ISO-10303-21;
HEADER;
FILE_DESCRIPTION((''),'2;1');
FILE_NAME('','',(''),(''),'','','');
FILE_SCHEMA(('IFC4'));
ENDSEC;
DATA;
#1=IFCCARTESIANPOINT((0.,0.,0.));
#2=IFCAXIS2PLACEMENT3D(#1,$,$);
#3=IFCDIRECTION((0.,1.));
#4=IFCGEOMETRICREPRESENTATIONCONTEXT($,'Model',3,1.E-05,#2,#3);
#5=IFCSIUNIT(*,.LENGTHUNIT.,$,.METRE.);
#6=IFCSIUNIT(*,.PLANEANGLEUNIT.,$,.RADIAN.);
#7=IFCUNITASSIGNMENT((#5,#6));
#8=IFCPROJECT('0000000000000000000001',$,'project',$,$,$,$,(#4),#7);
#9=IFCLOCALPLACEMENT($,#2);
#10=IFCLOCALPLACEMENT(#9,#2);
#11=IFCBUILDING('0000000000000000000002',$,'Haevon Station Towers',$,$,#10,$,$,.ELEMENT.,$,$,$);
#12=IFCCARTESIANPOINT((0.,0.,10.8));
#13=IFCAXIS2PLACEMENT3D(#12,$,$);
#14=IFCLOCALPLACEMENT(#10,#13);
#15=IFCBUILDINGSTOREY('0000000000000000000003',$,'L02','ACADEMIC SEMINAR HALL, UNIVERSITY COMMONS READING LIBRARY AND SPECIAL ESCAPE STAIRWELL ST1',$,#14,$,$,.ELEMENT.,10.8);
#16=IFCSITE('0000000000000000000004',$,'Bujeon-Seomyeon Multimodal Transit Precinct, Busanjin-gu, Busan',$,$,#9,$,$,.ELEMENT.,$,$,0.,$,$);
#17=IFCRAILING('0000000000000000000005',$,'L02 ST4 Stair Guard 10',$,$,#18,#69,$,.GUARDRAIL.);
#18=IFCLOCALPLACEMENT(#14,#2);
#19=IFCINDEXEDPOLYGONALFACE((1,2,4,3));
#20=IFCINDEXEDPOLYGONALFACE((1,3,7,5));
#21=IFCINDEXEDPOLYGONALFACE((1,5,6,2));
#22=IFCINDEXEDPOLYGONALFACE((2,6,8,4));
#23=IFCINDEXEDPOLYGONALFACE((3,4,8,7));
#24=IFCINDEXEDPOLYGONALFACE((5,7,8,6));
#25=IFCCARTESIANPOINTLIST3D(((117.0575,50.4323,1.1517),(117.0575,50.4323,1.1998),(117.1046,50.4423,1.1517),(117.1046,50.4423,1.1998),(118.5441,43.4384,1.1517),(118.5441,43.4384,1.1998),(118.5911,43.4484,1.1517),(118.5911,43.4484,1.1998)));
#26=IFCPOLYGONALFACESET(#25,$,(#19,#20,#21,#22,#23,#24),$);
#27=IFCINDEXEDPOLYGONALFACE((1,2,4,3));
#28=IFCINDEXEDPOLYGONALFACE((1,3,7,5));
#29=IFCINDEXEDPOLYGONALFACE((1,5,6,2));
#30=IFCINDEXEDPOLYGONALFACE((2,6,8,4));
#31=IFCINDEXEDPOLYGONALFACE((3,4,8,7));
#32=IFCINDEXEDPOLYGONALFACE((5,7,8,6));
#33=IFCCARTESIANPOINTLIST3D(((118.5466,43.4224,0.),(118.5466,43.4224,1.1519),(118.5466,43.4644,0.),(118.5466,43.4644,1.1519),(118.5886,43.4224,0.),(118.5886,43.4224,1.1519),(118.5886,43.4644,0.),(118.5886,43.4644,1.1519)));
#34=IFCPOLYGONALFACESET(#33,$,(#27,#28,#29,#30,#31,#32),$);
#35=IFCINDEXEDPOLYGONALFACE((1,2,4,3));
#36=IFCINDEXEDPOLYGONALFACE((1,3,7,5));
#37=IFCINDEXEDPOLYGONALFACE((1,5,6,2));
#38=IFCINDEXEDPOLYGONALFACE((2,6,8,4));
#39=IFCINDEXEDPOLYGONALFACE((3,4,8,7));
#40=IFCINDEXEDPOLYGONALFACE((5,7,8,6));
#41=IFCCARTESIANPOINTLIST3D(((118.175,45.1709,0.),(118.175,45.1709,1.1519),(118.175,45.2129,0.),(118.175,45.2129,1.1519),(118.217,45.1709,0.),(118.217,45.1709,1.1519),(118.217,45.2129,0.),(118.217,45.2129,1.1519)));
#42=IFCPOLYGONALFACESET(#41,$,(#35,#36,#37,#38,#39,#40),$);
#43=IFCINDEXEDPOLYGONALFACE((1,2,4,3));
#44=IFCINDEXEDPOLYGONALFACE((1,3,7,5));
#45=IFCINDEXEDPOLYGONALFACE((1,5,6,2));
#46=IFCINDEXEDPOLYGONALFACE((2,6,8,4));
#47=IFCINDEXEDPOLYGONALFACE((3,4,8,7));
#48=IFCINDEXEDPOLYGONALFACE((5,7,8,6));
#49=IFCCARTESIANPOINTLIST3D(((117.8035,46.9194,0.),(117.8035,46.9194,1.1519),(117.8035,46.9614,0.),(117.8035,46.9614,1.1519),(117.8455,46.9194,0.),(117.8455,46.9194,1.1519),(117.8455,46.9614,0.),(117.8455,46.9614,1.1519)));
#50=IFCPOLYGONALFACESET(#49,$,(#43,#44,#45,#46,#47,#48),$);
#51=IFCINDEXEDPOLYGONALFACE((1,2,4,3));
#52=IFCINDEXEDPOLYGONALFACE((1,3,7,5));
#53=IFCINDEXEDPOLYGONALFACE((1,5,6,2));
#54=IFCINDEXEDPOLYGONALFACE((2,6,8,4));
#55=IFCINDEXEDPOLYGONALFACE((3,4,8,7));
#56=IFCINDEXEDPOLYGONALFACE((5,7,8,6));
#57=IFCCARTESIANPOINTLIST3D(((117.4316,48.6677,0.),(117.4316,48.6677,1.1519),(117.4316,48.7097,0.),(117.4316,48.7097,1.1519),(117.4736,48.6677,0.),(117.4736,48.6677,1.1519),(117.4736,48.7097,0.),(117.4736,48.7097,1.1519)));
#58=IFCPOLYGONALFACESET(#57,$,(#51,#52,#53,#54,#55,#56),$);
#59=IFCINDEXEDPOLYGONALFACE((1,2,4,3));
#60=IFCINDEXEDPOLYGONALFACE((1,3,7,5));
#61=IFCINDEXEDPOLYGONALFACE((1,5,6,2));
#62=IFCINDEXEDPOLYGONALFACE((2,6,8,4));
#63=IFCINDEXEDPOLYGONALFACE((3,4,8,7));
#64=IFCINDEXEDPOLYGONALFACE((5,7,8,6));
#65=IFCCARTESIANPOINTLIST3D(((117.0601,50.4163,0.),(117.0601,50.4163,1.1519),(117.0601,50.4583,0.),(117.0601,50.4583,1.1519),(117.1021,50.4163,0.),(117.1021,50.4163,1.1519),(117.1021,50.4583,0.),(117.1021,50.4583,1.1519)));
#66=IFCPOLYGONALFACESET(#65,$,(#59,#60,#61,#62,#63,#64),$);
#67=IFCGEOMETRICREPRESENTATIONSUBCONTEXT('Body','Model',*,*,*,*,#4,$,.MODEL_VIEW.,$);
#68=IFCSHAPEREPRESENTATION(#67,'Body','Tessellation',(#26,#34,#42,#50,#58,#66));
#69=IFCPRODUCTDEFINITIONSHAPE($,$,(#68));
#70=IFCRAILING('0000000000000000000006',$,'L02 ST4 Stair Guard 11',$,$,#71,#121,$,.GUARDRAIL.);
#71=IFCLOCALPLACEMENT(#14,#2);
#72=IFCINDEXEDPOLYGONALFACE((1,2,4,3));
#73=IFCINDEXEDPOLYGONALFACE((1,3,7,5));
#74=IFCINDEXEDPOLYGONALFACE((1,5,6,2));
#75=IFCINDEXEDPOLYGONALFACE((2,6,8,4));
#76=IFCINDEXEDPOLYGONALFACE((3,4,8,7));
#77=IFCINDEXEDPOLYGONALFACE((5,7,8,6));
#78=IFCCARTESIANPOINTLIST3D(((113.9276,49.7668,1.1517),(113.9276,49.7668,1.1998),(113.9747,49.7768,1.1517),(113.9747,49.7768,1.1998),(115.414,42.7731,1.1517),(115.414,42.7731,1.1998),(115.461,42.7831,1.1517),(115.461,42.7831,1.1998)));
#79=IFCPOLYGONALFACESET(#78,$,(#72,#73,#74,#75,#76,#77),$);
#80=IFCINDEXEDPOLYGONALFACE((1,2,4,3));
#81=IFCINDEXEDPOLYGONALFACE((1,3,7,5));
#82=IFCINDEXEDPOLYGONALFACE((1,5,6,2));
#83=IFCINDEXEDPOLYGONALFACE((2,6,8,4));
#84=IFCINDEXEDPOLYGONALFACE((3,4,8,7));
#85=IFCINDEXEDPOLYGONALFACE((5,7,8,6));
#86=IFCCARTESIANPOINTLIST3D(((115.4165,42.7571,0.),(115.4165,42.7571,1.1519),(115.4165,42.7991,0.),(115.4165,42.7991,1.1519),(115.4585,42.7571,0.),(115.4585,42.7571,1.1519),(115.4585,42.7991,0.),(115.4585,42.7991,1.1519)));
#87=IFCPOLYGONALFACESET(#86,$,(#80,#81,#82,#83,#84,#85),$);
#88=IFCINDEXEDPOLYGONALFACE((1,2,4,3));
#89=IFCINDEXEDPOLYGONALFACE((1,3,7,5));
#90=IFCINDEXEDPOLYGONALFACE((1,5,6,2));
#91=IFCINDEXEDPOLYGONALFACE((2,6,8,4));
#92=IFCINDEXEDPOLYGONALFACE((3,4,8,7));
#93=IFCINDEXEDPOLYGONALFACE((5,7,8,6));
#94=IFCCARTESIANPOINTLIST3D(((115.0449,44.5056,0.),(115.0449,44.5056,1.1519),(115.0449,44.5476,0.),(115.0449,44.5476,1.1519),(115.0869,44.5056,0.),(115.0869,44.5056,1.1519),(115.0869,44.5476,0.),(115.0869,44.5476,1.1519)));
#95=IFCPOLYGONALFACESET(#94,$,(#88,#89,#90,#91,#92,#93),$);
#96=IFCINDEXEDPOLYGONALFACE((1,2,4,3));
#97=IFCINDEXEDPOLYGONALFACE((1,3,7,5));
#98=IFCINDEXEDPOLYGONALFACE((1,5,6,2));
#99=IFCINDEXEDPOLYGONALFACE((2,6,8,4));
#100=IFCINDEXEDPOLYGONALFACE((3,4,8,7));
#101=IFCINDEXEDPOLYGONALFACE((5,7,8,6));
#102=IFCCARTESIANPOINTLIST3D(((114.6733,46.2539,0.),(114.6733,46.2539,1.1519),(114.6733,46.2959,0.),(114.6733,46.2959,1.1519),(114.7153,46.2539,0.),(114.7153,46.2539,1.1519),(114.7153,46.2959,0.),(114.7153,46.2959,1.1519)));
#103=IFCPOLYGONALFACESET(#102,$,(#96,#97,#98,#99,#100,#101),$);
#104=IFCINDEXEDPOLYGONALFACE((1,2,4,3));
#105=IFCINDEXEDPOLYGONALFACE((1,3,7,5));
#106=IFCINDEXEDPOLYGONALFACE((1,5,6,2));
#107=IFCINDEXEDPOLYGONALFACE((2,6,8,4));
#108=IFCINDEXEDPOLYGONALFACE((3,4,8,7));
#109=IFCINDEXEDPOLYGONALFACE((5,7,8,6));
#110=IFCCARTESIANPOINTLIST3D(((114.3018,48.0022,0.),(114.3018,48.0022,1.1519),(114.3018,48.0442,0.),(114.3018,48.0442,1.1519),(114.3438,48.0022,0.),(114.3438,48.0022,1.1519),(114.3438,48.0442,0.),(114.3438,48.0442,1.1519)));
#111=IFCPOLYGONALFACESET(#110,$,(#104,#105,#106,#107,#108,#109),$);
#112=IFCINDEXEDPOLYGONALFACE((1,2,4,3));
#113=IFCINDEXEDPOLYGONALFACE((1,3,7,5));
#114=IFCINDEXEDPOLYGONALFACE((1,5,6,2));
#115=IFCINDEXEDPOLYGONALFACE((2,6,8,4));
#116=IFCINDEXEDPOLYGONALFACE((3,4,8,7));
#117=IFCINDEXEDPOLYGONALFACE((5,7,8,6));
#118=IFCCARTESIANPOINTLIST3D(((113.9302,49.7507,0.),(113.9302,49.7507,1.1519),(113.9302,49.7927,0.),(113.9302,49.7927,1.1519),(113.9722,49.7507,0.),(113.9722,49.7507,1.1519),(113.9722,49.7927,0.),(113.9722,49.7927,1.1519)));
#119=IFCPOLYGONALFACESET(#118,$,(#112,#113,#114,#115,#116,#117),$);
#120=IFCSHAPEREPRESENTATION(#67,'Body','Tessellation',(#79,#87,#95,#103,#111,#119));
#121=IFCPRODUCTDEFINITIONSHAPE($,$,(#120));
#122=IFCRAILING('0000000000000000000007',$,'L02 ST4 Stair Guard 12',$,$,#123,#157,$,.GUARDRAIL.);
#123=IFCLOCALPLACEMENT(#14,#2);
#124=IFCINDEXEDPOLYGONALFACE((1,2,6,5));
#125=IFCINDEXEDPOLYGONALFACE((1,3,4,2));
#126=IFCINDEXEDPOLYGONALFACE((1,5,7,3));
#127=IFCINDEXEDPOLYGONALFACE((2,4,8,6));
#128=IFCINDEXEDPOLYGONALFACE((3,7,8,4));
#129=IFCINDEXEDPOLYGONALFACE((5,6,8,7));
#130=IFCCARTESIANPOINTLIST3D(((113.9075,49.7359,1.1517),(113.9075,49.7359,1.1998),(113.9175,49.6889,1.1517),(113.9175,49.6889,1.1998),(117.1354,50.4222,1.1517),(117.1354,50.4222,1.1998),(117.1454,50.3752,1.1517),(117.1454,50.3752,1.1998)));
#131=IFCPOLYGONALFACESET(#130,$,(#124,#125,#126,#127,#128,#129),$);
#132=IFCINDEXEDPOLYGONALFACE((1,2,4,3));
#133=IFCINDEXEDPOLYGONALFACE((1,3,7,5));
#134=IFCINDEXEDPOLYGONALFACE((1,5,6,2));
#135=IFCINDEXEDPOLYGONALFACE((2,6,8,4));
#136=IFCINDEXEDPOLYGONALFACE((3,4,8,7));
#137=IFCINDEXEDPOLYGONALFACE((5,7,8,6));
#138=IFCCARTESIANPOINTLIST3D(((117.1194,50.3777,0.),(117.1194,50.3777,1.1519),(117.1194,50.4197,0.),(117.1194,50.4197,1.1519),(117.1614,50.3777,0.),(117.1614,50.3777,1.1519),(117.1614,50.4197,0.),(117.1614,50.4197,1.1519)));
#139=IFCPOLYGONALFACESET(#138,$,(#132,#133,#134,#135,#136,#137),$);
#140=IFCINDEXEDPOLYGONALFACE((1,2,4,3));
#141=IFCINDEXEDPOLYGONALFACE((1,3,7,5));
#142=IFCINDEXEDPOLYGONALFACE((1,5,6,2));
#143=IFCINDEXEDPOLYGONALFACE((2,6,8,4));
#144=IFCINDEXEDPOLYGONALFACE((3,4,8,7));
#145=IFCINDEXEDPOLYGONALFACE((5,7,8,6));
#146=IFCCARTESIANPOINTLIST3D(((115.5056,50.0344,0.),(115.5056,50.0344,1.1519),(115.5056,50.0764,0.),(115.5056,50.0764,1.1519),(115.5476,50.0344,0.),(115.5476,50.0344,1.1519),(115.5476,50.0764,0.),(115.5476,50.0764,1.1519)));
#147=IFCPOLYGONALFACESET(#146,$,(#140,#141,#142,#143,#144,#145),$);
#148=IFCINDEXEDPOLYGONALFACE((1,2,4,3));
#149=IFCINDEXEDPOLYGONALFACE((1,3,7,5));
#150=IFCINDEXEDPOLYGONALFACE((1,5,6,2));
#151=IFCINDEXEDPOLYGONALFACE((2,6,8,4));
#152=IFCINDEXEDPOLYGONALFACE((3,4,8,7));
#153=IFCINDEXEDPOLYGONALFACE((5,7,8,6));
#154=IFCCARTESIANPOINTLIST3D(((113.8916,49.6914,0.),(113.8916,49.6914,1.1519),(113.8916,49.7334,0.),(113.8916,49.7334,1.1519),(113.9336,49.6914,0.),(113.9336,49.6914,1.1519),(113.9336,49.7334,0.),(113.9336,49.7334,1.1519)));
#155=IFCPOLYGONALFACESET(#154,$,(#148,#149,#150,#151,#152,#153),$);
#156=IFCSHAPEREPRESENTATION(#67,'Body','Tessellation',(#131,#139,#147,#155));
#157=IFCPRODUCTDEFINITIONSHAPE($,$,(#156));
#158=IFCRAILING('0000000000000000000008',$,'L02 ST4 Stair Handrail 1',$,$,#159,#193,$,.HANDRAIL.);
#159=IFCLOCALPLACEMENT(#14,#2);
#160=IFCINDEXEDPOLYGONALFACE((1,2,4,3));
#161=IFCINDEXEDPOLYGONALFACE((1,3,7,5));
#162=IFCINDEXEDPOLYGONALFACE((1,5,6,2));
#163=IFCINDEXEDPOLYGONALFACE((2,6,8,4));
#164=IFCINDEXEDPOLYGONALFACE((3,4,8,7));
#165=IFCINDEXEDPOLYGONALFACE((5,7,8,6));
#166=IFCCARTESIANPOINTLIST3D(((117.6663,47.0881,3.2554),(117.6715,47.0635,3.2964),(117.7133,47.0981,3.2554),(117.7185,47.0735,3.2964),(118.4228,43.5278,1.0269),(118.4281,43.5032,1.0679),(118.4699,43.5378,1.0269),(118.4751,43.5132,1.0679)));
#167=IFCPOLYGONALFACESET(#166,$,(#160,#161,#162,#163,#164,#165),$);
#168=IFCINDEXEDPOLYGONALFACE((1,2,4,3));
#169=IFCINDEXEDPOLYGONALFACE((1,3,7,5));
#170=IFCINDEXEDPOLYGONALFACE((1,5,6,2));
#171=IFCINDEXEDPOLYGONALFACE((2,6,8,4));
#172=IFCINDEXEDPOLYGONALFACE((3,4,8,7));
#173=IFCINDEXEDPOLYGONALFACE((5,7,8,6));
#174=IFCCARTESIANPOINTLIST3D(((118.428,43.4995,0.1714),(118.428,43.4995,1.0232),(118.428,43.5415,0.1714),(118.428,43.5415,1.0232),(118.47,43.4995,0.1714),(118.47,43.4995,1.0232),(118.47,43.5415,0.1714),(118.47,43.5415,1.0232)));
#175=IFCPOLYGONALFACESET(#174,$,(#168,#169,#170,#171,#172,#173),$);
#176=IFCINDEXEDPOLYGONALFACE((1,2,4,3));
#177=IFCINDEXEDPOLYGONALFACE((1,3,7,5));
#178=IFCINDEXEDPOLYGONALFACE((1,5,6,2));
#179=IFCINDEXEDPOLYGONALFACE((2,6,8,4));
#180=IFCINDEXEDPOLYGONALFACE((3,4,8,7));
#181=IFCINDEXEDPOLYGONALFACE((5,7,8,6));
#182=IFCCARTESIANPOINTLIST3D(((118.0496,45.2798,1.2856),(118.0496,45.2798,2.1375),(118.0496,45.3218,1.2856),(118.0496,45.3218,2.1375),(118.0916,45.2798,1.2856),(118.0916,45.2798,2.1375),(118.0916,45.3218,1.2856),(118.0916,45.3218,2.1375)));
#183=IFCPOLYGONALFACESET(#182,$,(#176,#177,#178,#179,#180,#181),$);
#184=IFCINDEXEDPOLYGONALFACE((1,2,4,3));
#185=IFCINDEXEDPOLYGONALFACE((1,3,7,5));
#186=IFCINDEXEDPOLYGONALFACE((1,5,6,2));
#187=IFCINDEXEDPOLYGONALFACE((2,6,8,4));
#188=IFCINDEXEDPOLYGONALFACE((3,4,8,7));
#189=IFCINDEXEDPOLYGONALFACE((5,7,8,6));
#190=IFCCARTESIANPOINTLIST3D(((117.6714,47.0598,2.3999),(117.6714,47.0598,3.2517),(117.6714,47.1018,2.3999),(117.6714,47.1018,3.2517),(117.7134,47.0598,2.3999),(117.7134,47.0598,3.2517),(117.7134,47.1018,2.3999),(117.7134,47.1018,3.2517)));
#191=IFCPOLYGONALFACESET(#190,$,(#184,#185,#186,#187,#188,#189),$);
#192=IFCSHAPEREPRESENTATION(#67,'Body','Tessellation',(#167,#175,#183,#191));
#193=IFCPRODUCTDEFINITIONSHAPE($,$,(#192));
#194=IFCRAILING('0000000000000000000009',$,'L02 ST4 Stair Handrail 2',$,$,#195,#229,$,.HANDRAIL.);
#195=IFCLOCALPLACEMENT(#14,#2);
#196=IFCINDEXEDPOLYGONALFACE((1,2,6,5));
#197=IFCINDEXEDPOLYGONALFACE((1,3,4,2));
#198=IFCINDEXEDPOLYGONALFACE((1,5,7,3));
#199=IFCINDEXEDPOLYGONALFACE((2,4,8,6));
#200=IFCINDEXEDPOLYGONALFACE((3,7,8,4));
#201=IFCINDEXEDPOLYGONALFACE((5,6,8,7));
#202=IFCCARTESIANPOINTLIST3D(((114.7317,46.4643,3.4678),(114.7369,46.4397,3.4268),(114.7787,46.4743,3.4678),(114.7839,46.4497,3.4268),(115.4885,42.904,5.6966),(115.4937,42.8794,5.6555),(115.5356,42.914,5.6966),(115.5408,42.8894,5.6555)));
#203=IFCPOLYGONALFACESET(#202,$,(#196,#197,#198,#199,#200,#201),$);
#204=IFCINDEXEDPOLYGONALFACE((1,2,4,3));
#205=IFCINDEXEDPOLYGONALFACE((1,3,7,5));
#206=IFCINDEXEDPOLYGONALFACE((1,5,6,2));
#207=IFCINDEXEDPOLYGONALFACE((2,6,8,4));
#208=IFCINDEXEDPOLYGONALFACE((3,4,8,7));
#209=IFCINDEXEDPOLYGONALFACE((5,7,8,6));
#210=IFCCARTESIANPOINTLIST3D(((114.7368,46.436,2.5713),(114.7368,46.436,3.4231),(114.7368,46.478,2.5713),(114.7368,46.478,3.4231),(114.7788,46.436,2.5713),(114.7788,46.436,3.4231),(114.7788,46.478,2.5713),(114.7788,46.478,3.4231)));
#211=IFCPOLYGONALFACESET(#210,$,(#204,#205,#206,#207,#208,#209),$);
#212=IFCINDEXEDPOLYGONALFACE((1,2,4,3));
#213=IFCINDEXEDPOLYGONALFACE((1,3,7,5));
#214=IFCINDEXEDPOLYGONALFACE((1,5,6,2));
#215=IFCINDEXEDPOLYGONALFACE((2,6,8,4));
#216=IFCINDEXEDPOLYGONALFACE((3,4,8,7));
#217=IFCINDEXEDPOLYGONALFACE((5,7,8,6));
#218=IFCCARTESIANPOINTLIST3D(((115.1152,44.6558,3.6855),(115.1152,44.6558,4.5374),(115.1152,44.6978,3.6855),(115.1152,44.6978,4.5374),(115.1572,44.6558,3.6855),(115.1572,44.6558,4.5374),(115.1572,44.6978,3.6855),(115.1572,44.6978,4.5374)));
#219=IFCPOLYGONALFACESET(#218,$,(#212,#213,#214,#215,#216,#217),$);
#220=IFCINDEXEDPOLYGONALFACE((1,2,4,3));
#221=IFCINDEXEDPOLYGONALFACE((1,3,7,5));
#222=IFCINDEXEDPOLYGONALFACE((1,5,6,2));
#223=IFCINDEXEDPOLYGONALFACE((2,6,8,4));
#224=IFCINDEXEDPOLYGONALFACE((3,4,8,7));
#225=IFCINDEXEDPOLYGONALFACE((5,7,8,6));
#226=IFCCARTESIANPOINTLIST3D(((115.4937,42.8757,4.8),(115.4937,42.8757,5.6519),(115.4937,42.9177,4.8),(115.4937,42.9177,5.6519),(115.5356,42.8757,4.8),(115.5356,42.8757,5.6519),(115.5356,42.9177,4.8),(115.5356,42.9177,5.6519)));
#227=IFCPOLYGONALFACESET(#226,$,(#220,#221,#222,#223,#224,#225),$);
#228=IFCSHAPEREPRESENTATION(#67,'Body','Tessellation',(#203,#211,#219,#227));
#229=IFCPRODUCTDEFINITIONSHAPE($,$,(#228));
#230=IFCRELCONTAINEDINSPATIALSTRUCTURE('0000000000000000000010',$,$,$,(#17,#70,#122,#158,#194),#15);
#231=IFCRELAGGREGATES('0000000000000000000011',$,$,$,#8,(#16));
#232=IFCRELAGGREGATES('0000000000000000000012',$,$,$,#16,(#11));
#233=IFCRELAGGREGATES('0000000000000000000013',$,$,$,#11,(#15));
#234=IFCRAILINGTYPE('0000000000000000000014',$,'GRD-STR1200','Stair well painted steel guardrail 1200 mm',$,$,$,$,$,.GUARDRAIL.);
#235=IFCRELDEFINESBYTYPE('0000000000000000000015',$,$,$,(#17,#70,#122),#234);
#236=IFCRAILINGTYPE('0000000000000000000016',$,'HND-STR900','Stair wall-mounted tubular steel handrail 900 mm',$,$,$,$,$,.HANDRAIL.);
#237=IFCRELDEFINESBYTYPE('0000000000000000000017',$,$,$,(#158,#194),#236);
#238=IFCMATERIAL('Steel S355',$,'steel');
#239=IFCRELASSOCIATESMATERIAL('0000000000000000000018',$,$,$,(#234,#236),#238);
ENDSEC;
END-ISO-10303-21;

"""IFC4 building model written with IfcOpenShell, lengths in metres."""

from ifc_helpers import new_model, si_unit, direction, frame, origin, origin_2d, place, context, subcontext, project, spatial, rectangle, extrude, material, type_object, element, save


model = new_model("IFC4")

# Units and contexts
model_context = context("Model", 3, precision=1e-05, world=origin(), true_north=direction((0.0, 1.0)))
body_context = subcontext(model_context, "Body", "Model", "MODEL_VIEW")
ifc_project = project(units=[si_unit("LENGTHUNIT", "METRE"), si_unit("PLANEANGLEUNIT", "RADIAN")], contexts=[model_context])

# Site, building, storey
site_placement = place(None, origin())
site = spatial("IfcSite", under=ifc_project, at=site_placement, Name="Bujeon-Seomyeon Multimodal Transit Precinct, Busanjin-gu, Busan", CompositionType="ELEMENT", RefElevation=0.0)
building_placement = place(site_placement, origin())
building = spatial("IfcBuilding", under=site, at=building_placement, Name="Haevon Station Towers", CompositionType="ELEMENT")
storey_placement = place(building_placement, frame((0.0, 0.0, 10.8)))
storey = spatial("IfcBuildingStorey", under=building, at=storey_placement, Name="L02", Description="ACADEMIC SEMINAR HALL, UNIVERSITY COMMONS READING LIBRARY AND SPECIAL ESCAPE STAIRWELL ST1", CompositionType="ELEMENT", Elevation=10.8)

# Shared definitions
ifc_material_1 = material(Name="Steel S355", Category="steel")

# Railings
railing_type_1 = type_object("IfcRailingType", Name="GRD-STR1200", Description="Stair well painted steel guardrail 1200 mm", PredefinedType="GUARDRAIL", material=ifc_material_1)
railing_1_placement = place(storey_placement, frame((118.5676, 43.4434, 0.0)))
element("IfcRailing", 1, at=railing_1_placement, inside=storey, type_object=railing_type_1, Name="L02 ST4 Stair Guard 10", PredefinedType="GUARDRAIL", context=body_context, shape_type="SweptSolid", body=[
    extrude(rectangle(XDim=0.0481, YDim=0.0481, at=origin_2d()), frame((0.0, 0.0, 1.1758), z_axis=(-0.207908, 0.978148, 0.0), x_axis=(-0.978148, -0.207908, 0.0)), (0.0, 0.0, 1.0), 7.1501),
    extrude(rectangle(XDim=0.042, YDim=0.042, at=origin_2d()), origin(), (0.0, 0.0, 1.0), 1.1519),
    extrude(rectangle(XDim=0.042, YDim=0.042, at=origin_2d()), frame((-0.3716, 1.7485, 0.0)), (0.0, 0.0, 1.0), 1.1519),
    extrude(rectangle(XDim=0.042, YDim=0.042, at=origin_2d()), frame((-0.7432, 3.4971, 0.0)), (0.0, 0.0, 1.0), 1.1519),
    extrude(rectangle(XDim=0.042, YDim=0.042, at=origin_2d()), frame((-1.115, 5.2454, 0.0)), (0.0, 0.0, 1.0), 1.1519),
    extrude(rectangle(XDim=0.042, YDim=0.042, at=origin_2d()), frame((-1.4866, 6.9939, 0.0)), (0.0, 0.0, 1.0), 1.1519),
])
railing_2_placement = place(storey_placement, frame((115.4375, 42.7781, 0.0)))
element("IfcRailing", 2, at=railing_2_placement, inside=storey, type_object=railing_type_1, Name="L02 ST4 Stair Guard 11", PredefinedType="GUARDRAIL", context=body_context, shape_type="SweptSolid", body=[
    extrude(rectangle(XDim=0.0481, YDim=0.0481, at=origin_2d()), frame((0.0, 0.0, 1.1758), z_axis=(-0.207882, 0.978154, 0.0), x_axis=(-0.978154, -0.207882, 0.0)), (0.0, 0.0, 1.0), 7.1499),
    extrude(rectangle(XDim=0.042, YDim=0.042, at=origin_2d()), origin(), (0.0, 0.0, 1.0), 1.1519),
    extrude(rectangle(XDim=0.042, YDim=0.042, at=origin_2d()), frame((-0.3716, 1.7485, 0.0)), (0.0, 0.0, 1.0), 1.1519),
    extrude(rectangle(XDim=0.042, YDim=0.042, at=origin_2d()), frame((-0.7432, 3.4968, 0.0)), (0.0, 0.0, 1.0), 1.1519),
    extrude(rectangle(XDim=0.042, YDim=0.042, at=origin_2d()), frame((-1.1147, 5.2451, 0.0)), (0.0, 0.0, 1.0), 1.1519),
    extrude(rectangle(XDim=0.042, YDim=0.042, at=origin_2d()), frame((-1.4863, 6.9937, 0.0)), (0.0, 0.0, 1.0), 1.1519),
])
railing_3_placement = place(storey_placement, frame((117.1404, 50.3987, 0.0)))
element("IfcRailing", 3, at=railing_3_placement, inside=storey, type_object=railing_type_1, Name="L02 ST4 Stair Guard 12", PredefinedType="GUARDRAIL", context=body_context, shape_type="SweptSolid", body=[
    extrude(rectangle(XDim=0.0481, YDim=0.0481, at=origin_2d()), frame((0.0, 0.0, 1.1758), z_axis=(-0.978136, -0.207968, 0.0), x_axis=(0.207968, -0.978136, 0.0)), (0.0, 0.0, 1.0), 3.3),
    extrude(rectangle(XDim=0.042, YDim=0.042, at=origin_2d()), origin(), (0.0, 0.0, 1.0), 1.1519),
    extrude(rectangle(XDim=0.042, YDim=0.042, at=origin_2d()), frame((-1.6138, -0.3433, 0.0)), (0.0, 0.0, 1.0), 1.1519),
    extrude(rectangle(XDim=0.042, YDim=0.042, at=origin_2d()), frame((-3.2278, -0.6863, 0.0)), (0.0, 0.0, 1.0), 1.1519),
])
railing_type_2 = type_object("IfcRailingType", Name="HND-STR900", Description="Stair wall-mounted tubular steel handrail 900 mm", PredefinedType="HANDRAIL", material=ifc_material_1)
railing_4_placement = place(storey_placement, frame((118.449, 43.5205, 0.1714)))
element("IfcRailing", 4, at=railing_4_placement, inside=storey, type_object=railing_type_2, Name="L02 ST4 Stair Handrail 1", PredefinedType="HANDRAIL", context=body_context, shape_type="SweptSolid", body=[
    extrude(rectangle(XDim=0.0481, YDim=0.0481, at=origin_2d()), frame((0.0, 0.0, 0.876), z_axis=(-0.177277, 0.834216, 0.522165), x_axis=(-0.978157, -0.207866, 0.0)), (0.0, 0.0, 1.0), 4.2678),
    extrude(rectangle(XDim=0.042, YDim=0.042, at=origin_2d()), origin(), (0.0, 0.0, 1.0), 0.8518),
    extrude(rectangle(XDim=0.042, YDim=0.042, at=origin_2d()), frame((-0.3784, 1.7803, 1.1143)), (0.0, 0.0, 1.0), 0.8518),
    extrude(rectangle(XDim=0.042, YDim=0.042, at=origin_2d()), frame((-0.7566, 3.5603, 2.2285)), (0.0, 0.0, 1.0), 0.8518),
])
railing_5_placement = place(storey_placement, frame((114.7578, 46.457, 2.5713)))
element("IfcRailing", 5, at=railing_5_placement, inside=storey, type_object=railing_type_2, Name="L02 ST4 Stair Handrail 2", PredefinedType="HANDRAIL", context=body_context, shape_type="SweptSolid", body=[
    extrude(rectangle(XDim=0.0481, YDim=0.0481, at=origin_2d()), frame((0.0, 0.0, 0.876), z_axis=(0.177328, -0.834183, 0.522201), x_axis=(0.978144, 0.20793, 0.0)), (0.0, 0.0, 1.0), 4.2681),
    extrude(rectangle(XDim=0.042, YDim=0.042, at=origin_2d()), origin(), (0.0, 0.0, 1.0), 0.8518),
    extrude(rectangle(XDim=0.042, YDim=0.042, at=origin_2d()), frame((0.3784, -1.7803, 1.1143)), (0.0, 0.0, 1.0), 0.8518),
    extrude(rectangle(XDim=0.042, YDim=0.042, at=origin_2d()), frame((0.7568, -3.5603, 2.2288)), (0.0, 0.0, 1.0), 0.8518),
])

save(model, "model.ifc")
